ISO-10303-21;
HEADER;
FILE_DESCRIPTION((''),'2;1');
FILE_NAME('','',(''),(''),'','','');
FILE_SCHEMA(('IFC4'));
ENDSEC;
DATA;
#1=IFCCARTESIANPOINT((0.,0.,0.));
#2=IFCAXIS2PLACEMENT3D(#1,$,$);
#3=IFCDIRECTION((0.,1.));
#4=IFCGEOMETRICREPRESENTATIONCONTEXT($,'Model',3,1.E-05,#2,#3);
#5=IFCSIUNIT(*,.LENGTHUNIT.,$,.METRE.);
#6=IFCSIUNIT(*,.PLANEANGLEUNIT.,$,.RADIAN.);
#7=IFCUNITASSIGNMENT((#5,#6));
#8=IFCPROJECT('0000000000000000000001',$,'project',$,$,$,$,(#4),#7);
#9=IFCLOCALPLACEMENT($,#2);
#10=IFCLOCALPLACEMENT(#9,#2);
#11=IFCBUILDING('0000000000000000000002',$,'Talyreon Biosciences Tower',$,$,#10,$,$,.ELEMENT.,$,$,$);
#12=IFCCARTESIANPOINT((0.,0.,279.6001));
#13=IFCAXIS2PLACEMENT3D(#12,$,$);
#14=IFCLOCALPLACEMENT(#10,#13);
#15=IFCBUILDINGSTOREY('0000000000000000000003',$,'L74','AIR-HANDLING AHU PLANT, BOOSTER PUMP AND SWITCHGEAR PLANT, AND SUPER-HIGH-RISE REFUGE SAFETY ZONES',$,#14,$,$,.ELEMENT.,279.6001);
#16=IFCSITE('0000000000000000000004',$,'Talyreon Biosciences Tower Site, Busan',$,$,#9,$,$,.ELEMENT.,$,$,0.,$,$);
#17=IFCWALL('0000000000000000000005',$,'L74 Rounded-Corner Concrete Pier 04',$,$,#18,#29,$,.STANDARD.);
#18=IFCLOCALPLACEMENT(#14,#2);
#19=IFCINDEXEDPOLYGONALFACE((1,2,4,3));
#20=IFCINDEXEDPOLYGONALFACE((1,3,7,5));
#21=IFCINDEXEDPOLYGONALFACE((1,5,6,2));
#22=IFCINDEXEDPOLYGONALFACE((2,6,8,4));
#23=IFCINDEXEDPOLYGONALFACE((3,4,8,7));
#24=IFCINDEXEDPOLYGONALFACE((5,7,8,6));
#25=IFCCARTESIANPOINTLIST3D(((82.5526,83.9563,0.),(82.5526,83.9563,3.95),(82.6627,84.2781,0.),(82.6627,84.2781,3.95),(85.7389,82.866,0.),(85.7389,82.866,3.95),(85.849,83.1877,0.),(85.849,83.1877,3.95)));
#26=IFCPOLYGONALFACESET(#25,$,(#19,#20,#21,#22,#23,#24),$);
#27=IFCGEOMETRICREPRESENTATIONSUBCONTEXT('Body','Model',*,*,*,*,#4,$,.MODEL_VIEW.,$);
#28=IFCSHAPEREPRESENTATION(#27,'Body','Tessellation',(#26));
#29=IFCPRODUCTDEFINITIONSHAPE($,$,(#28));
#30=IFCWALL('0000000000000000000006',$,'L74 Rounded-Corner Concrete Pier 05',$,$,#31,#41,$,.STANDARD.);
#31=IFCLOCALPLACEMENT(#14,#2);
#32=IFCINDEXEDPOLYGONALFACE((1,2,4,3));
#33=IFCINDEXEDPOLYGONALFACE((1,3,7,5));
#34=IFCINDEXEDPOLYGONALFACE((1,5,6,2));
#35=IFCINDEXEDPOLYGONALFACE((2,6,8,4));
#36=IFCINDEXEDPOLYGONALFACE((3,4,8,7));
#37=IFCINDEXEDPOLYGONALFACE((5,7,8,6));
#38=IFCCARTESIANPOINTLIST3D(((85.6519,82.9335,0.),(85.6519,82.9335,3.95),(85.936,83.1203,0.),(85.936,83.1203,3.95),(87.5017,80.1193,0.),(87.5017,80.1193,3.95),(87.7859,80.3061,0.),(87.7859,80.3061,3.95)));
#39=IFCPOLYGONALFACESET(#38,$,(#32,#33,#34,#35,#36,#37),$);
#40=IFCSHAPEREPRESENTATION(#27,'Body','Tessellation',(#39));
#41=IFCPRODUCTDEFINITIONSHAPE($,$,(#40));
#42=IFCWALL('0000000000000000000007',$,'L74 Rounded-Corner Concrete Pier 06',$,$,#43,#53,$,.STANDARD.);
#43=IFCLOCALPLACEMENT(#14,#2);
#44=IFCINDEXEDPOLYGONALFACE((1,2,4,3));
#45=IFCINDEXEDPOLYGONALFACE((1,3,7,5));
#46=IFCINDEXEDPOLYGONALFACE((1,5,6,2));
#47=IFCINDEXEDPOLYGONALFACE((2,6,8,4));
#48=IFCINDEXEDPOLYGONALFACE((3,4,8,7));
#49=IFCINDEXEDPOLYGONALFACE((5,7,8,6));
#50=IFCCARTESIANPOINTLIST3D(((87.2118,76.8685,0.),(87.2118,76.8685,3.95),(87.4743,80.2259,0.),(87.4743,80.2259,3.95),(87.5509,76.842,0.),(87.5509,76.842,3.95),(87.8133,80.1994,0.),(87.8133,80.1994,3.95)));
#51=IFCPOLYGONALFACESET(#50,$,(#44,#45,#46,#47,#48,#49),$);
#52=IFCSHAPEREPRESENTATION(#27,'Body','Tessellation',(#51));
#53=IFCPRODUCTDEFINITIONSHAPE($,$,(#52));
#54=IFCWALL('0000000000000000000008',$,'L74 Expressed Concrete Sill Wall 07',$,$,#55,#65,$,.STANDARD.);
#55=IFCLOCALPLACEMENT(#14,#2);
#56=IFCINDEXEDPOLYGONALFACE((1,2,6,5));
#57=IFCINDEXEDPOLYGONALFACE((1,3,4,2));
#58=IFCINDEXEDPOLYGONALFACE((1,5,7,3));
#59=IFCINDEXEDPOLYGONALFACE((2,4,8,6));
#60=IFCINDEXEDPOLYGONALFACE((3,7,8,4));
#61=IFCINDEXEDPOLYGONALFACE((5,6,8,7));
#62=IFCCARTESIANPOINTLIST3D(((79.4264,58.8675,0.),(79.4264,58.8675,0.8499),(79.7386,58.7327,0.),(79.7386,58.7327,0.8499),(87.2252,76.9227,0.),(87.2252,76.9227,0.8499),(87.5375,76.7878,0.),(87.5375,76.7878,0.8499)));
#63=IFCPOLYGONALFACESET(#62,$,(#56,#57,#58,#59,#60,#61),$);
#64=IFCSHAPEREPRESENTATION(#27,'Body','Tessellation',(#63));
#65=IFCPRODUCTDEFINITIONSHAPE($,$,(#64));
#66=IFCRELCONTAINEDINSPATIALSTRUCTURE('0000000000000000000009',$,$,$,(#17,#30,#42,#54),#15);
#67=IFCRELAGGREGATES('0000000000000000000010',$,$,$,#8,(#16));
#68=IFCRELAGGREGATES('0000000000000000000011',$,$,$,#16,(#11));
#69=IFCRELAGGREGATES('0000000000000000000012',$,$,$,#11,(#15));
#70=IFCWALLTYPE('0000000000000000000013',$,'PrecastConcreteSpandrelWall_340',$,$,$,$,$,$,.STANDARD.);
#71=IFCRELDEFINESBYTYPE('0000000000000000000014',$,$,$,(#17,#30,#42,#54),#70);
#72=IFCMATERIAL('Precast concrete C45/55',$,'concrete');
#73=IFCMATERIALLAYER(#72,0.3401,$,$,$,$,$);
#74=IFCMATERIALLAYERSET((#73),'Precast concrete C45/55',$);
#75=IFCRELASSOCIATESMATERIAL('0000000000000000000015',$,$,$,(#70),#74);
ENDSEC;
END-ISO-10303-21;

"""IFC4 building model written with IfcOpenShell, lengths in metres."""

from ifc_helpers import new_model, si_unit, direction, frame, frame_2d, origin, place, context, subcontext, project, spatial, rectangle, extrude, material, layer, layer_set, type_object, element, save


model = new_model("IFC4")

# Units and contexts
model_context = context("Model", 3, precision=1e-05, world=origin(), true_north=direction((0.0, 1.0)))
body_context = subcontext(model_context, "Body", "Model", "MODEL_VIEW")
ifc_project = project(units=[si_unit("LENGTHUNIT", "METRE"), si_unit("PLANEANGLEUNIT", "RADIAN")], contexts=[model_context])

# Site, building, storey
site_placement = place(None, origin())
site = spatial("IfcSite", under=ifc_project, at=site_placement, Name="Talyreon Biosciences Tower Site, Busan", CompositionType="ELEMENT", RefElevation=0.0)
building_placement = place(site_placement, origin())
building = spatial("IfcBuilding", under=site, at=building_placement, Name="Talyreon Biosciences Tower", CompositionType="ELEMENT")
storey_placement = place(building_placement, frame((0.0, 0.0, 279.6001)))
storey = spatial("IfcBuildingStorey", under=building, at=storey_placement, Name="L74", Description="AIR-HANDLING AHU PLANT, BOOSTER PUMP AND SWITCHGEAR PLANT, AND SUPER-HIGH-RISE REFUGE SAFETY ZONES", CompositionType="ELEMENT", Elevation=279.6001)

# Shared definitions
ifc_material_1 = material(Name="Precast concrete C45/55", Category="concrete")

# Walls
ifc_layer_1 = layer(ifc_material_1, 0.3401)
ifc_layer_set_1 = layer_set([ifc_layer_1], Name="Precast concrete C45/55")
wall_type_1 = type_object("IfcWallType", Name="PrecastConcreteSpandrelWall_340", PredefinedType="STANDARD", material=ifc_layer_set_1)
for number, where, z_axis, x_axis, name in (
    (1, (82.6077, 84.1172, 0.0), (0.0, 0.0, 1.0), (0.946138, -0.323765, 0.0), "L74 Rounded-Corner Concrete Pier 04"),
    (2, (85.7939, 83.0269, 0.0), (0.0, 0.0, 1.0), (0.549285, -0.835635, 0.0), "L74 Rounded-Corner Concrete Pier 05"),
    (3, (87.6438, 80.2126, 0.0), (0.0, 0.0, 1.0), (-0.077933, -0.996959, 0.0), "L74 Rounded-Corner Concrete Pier 06"),
):
    element("IfcWall", number, at=place(storey_placement, frame(where, z_axis=z_axis, x_axis=x_axis)), inside=storey, type_object=wall_type_1, Name=name, PredefinedType="STANDARD", context=body_context, shape_type="SweptSolid", body=[
        extrude(rectangle(XDim=3.3677, YDim=0.3401, at=frame_2d((1.6838, 0.0))), origin(), (0.0, 0.0, 1.0), 3.95),
    ])
wall_1_placement = place(storey_placement, frame((87.3813, 76.8552, 0.0), z_axis=(0.0, 0.0, 1.0), x_axis=(-0.396534, -0.91802, 0.0)))
element("IfcWall", 4, at=wall_1_placement, inside=storey, type_object=wall_type_1, Name="L74 Expressed Concrete Sill Wall 07", PredefinedType="STANDARD", context=body_context, shape_type="SweptSolid", body=[
    extrude(rectangle(XDim=19.6675, YDim=0.3401, at=frame_2d((9.8337, 0.0))), origin(), (0.0, 0.0, 1.0), 0.8499),
])

save(model, "model.ifc")
